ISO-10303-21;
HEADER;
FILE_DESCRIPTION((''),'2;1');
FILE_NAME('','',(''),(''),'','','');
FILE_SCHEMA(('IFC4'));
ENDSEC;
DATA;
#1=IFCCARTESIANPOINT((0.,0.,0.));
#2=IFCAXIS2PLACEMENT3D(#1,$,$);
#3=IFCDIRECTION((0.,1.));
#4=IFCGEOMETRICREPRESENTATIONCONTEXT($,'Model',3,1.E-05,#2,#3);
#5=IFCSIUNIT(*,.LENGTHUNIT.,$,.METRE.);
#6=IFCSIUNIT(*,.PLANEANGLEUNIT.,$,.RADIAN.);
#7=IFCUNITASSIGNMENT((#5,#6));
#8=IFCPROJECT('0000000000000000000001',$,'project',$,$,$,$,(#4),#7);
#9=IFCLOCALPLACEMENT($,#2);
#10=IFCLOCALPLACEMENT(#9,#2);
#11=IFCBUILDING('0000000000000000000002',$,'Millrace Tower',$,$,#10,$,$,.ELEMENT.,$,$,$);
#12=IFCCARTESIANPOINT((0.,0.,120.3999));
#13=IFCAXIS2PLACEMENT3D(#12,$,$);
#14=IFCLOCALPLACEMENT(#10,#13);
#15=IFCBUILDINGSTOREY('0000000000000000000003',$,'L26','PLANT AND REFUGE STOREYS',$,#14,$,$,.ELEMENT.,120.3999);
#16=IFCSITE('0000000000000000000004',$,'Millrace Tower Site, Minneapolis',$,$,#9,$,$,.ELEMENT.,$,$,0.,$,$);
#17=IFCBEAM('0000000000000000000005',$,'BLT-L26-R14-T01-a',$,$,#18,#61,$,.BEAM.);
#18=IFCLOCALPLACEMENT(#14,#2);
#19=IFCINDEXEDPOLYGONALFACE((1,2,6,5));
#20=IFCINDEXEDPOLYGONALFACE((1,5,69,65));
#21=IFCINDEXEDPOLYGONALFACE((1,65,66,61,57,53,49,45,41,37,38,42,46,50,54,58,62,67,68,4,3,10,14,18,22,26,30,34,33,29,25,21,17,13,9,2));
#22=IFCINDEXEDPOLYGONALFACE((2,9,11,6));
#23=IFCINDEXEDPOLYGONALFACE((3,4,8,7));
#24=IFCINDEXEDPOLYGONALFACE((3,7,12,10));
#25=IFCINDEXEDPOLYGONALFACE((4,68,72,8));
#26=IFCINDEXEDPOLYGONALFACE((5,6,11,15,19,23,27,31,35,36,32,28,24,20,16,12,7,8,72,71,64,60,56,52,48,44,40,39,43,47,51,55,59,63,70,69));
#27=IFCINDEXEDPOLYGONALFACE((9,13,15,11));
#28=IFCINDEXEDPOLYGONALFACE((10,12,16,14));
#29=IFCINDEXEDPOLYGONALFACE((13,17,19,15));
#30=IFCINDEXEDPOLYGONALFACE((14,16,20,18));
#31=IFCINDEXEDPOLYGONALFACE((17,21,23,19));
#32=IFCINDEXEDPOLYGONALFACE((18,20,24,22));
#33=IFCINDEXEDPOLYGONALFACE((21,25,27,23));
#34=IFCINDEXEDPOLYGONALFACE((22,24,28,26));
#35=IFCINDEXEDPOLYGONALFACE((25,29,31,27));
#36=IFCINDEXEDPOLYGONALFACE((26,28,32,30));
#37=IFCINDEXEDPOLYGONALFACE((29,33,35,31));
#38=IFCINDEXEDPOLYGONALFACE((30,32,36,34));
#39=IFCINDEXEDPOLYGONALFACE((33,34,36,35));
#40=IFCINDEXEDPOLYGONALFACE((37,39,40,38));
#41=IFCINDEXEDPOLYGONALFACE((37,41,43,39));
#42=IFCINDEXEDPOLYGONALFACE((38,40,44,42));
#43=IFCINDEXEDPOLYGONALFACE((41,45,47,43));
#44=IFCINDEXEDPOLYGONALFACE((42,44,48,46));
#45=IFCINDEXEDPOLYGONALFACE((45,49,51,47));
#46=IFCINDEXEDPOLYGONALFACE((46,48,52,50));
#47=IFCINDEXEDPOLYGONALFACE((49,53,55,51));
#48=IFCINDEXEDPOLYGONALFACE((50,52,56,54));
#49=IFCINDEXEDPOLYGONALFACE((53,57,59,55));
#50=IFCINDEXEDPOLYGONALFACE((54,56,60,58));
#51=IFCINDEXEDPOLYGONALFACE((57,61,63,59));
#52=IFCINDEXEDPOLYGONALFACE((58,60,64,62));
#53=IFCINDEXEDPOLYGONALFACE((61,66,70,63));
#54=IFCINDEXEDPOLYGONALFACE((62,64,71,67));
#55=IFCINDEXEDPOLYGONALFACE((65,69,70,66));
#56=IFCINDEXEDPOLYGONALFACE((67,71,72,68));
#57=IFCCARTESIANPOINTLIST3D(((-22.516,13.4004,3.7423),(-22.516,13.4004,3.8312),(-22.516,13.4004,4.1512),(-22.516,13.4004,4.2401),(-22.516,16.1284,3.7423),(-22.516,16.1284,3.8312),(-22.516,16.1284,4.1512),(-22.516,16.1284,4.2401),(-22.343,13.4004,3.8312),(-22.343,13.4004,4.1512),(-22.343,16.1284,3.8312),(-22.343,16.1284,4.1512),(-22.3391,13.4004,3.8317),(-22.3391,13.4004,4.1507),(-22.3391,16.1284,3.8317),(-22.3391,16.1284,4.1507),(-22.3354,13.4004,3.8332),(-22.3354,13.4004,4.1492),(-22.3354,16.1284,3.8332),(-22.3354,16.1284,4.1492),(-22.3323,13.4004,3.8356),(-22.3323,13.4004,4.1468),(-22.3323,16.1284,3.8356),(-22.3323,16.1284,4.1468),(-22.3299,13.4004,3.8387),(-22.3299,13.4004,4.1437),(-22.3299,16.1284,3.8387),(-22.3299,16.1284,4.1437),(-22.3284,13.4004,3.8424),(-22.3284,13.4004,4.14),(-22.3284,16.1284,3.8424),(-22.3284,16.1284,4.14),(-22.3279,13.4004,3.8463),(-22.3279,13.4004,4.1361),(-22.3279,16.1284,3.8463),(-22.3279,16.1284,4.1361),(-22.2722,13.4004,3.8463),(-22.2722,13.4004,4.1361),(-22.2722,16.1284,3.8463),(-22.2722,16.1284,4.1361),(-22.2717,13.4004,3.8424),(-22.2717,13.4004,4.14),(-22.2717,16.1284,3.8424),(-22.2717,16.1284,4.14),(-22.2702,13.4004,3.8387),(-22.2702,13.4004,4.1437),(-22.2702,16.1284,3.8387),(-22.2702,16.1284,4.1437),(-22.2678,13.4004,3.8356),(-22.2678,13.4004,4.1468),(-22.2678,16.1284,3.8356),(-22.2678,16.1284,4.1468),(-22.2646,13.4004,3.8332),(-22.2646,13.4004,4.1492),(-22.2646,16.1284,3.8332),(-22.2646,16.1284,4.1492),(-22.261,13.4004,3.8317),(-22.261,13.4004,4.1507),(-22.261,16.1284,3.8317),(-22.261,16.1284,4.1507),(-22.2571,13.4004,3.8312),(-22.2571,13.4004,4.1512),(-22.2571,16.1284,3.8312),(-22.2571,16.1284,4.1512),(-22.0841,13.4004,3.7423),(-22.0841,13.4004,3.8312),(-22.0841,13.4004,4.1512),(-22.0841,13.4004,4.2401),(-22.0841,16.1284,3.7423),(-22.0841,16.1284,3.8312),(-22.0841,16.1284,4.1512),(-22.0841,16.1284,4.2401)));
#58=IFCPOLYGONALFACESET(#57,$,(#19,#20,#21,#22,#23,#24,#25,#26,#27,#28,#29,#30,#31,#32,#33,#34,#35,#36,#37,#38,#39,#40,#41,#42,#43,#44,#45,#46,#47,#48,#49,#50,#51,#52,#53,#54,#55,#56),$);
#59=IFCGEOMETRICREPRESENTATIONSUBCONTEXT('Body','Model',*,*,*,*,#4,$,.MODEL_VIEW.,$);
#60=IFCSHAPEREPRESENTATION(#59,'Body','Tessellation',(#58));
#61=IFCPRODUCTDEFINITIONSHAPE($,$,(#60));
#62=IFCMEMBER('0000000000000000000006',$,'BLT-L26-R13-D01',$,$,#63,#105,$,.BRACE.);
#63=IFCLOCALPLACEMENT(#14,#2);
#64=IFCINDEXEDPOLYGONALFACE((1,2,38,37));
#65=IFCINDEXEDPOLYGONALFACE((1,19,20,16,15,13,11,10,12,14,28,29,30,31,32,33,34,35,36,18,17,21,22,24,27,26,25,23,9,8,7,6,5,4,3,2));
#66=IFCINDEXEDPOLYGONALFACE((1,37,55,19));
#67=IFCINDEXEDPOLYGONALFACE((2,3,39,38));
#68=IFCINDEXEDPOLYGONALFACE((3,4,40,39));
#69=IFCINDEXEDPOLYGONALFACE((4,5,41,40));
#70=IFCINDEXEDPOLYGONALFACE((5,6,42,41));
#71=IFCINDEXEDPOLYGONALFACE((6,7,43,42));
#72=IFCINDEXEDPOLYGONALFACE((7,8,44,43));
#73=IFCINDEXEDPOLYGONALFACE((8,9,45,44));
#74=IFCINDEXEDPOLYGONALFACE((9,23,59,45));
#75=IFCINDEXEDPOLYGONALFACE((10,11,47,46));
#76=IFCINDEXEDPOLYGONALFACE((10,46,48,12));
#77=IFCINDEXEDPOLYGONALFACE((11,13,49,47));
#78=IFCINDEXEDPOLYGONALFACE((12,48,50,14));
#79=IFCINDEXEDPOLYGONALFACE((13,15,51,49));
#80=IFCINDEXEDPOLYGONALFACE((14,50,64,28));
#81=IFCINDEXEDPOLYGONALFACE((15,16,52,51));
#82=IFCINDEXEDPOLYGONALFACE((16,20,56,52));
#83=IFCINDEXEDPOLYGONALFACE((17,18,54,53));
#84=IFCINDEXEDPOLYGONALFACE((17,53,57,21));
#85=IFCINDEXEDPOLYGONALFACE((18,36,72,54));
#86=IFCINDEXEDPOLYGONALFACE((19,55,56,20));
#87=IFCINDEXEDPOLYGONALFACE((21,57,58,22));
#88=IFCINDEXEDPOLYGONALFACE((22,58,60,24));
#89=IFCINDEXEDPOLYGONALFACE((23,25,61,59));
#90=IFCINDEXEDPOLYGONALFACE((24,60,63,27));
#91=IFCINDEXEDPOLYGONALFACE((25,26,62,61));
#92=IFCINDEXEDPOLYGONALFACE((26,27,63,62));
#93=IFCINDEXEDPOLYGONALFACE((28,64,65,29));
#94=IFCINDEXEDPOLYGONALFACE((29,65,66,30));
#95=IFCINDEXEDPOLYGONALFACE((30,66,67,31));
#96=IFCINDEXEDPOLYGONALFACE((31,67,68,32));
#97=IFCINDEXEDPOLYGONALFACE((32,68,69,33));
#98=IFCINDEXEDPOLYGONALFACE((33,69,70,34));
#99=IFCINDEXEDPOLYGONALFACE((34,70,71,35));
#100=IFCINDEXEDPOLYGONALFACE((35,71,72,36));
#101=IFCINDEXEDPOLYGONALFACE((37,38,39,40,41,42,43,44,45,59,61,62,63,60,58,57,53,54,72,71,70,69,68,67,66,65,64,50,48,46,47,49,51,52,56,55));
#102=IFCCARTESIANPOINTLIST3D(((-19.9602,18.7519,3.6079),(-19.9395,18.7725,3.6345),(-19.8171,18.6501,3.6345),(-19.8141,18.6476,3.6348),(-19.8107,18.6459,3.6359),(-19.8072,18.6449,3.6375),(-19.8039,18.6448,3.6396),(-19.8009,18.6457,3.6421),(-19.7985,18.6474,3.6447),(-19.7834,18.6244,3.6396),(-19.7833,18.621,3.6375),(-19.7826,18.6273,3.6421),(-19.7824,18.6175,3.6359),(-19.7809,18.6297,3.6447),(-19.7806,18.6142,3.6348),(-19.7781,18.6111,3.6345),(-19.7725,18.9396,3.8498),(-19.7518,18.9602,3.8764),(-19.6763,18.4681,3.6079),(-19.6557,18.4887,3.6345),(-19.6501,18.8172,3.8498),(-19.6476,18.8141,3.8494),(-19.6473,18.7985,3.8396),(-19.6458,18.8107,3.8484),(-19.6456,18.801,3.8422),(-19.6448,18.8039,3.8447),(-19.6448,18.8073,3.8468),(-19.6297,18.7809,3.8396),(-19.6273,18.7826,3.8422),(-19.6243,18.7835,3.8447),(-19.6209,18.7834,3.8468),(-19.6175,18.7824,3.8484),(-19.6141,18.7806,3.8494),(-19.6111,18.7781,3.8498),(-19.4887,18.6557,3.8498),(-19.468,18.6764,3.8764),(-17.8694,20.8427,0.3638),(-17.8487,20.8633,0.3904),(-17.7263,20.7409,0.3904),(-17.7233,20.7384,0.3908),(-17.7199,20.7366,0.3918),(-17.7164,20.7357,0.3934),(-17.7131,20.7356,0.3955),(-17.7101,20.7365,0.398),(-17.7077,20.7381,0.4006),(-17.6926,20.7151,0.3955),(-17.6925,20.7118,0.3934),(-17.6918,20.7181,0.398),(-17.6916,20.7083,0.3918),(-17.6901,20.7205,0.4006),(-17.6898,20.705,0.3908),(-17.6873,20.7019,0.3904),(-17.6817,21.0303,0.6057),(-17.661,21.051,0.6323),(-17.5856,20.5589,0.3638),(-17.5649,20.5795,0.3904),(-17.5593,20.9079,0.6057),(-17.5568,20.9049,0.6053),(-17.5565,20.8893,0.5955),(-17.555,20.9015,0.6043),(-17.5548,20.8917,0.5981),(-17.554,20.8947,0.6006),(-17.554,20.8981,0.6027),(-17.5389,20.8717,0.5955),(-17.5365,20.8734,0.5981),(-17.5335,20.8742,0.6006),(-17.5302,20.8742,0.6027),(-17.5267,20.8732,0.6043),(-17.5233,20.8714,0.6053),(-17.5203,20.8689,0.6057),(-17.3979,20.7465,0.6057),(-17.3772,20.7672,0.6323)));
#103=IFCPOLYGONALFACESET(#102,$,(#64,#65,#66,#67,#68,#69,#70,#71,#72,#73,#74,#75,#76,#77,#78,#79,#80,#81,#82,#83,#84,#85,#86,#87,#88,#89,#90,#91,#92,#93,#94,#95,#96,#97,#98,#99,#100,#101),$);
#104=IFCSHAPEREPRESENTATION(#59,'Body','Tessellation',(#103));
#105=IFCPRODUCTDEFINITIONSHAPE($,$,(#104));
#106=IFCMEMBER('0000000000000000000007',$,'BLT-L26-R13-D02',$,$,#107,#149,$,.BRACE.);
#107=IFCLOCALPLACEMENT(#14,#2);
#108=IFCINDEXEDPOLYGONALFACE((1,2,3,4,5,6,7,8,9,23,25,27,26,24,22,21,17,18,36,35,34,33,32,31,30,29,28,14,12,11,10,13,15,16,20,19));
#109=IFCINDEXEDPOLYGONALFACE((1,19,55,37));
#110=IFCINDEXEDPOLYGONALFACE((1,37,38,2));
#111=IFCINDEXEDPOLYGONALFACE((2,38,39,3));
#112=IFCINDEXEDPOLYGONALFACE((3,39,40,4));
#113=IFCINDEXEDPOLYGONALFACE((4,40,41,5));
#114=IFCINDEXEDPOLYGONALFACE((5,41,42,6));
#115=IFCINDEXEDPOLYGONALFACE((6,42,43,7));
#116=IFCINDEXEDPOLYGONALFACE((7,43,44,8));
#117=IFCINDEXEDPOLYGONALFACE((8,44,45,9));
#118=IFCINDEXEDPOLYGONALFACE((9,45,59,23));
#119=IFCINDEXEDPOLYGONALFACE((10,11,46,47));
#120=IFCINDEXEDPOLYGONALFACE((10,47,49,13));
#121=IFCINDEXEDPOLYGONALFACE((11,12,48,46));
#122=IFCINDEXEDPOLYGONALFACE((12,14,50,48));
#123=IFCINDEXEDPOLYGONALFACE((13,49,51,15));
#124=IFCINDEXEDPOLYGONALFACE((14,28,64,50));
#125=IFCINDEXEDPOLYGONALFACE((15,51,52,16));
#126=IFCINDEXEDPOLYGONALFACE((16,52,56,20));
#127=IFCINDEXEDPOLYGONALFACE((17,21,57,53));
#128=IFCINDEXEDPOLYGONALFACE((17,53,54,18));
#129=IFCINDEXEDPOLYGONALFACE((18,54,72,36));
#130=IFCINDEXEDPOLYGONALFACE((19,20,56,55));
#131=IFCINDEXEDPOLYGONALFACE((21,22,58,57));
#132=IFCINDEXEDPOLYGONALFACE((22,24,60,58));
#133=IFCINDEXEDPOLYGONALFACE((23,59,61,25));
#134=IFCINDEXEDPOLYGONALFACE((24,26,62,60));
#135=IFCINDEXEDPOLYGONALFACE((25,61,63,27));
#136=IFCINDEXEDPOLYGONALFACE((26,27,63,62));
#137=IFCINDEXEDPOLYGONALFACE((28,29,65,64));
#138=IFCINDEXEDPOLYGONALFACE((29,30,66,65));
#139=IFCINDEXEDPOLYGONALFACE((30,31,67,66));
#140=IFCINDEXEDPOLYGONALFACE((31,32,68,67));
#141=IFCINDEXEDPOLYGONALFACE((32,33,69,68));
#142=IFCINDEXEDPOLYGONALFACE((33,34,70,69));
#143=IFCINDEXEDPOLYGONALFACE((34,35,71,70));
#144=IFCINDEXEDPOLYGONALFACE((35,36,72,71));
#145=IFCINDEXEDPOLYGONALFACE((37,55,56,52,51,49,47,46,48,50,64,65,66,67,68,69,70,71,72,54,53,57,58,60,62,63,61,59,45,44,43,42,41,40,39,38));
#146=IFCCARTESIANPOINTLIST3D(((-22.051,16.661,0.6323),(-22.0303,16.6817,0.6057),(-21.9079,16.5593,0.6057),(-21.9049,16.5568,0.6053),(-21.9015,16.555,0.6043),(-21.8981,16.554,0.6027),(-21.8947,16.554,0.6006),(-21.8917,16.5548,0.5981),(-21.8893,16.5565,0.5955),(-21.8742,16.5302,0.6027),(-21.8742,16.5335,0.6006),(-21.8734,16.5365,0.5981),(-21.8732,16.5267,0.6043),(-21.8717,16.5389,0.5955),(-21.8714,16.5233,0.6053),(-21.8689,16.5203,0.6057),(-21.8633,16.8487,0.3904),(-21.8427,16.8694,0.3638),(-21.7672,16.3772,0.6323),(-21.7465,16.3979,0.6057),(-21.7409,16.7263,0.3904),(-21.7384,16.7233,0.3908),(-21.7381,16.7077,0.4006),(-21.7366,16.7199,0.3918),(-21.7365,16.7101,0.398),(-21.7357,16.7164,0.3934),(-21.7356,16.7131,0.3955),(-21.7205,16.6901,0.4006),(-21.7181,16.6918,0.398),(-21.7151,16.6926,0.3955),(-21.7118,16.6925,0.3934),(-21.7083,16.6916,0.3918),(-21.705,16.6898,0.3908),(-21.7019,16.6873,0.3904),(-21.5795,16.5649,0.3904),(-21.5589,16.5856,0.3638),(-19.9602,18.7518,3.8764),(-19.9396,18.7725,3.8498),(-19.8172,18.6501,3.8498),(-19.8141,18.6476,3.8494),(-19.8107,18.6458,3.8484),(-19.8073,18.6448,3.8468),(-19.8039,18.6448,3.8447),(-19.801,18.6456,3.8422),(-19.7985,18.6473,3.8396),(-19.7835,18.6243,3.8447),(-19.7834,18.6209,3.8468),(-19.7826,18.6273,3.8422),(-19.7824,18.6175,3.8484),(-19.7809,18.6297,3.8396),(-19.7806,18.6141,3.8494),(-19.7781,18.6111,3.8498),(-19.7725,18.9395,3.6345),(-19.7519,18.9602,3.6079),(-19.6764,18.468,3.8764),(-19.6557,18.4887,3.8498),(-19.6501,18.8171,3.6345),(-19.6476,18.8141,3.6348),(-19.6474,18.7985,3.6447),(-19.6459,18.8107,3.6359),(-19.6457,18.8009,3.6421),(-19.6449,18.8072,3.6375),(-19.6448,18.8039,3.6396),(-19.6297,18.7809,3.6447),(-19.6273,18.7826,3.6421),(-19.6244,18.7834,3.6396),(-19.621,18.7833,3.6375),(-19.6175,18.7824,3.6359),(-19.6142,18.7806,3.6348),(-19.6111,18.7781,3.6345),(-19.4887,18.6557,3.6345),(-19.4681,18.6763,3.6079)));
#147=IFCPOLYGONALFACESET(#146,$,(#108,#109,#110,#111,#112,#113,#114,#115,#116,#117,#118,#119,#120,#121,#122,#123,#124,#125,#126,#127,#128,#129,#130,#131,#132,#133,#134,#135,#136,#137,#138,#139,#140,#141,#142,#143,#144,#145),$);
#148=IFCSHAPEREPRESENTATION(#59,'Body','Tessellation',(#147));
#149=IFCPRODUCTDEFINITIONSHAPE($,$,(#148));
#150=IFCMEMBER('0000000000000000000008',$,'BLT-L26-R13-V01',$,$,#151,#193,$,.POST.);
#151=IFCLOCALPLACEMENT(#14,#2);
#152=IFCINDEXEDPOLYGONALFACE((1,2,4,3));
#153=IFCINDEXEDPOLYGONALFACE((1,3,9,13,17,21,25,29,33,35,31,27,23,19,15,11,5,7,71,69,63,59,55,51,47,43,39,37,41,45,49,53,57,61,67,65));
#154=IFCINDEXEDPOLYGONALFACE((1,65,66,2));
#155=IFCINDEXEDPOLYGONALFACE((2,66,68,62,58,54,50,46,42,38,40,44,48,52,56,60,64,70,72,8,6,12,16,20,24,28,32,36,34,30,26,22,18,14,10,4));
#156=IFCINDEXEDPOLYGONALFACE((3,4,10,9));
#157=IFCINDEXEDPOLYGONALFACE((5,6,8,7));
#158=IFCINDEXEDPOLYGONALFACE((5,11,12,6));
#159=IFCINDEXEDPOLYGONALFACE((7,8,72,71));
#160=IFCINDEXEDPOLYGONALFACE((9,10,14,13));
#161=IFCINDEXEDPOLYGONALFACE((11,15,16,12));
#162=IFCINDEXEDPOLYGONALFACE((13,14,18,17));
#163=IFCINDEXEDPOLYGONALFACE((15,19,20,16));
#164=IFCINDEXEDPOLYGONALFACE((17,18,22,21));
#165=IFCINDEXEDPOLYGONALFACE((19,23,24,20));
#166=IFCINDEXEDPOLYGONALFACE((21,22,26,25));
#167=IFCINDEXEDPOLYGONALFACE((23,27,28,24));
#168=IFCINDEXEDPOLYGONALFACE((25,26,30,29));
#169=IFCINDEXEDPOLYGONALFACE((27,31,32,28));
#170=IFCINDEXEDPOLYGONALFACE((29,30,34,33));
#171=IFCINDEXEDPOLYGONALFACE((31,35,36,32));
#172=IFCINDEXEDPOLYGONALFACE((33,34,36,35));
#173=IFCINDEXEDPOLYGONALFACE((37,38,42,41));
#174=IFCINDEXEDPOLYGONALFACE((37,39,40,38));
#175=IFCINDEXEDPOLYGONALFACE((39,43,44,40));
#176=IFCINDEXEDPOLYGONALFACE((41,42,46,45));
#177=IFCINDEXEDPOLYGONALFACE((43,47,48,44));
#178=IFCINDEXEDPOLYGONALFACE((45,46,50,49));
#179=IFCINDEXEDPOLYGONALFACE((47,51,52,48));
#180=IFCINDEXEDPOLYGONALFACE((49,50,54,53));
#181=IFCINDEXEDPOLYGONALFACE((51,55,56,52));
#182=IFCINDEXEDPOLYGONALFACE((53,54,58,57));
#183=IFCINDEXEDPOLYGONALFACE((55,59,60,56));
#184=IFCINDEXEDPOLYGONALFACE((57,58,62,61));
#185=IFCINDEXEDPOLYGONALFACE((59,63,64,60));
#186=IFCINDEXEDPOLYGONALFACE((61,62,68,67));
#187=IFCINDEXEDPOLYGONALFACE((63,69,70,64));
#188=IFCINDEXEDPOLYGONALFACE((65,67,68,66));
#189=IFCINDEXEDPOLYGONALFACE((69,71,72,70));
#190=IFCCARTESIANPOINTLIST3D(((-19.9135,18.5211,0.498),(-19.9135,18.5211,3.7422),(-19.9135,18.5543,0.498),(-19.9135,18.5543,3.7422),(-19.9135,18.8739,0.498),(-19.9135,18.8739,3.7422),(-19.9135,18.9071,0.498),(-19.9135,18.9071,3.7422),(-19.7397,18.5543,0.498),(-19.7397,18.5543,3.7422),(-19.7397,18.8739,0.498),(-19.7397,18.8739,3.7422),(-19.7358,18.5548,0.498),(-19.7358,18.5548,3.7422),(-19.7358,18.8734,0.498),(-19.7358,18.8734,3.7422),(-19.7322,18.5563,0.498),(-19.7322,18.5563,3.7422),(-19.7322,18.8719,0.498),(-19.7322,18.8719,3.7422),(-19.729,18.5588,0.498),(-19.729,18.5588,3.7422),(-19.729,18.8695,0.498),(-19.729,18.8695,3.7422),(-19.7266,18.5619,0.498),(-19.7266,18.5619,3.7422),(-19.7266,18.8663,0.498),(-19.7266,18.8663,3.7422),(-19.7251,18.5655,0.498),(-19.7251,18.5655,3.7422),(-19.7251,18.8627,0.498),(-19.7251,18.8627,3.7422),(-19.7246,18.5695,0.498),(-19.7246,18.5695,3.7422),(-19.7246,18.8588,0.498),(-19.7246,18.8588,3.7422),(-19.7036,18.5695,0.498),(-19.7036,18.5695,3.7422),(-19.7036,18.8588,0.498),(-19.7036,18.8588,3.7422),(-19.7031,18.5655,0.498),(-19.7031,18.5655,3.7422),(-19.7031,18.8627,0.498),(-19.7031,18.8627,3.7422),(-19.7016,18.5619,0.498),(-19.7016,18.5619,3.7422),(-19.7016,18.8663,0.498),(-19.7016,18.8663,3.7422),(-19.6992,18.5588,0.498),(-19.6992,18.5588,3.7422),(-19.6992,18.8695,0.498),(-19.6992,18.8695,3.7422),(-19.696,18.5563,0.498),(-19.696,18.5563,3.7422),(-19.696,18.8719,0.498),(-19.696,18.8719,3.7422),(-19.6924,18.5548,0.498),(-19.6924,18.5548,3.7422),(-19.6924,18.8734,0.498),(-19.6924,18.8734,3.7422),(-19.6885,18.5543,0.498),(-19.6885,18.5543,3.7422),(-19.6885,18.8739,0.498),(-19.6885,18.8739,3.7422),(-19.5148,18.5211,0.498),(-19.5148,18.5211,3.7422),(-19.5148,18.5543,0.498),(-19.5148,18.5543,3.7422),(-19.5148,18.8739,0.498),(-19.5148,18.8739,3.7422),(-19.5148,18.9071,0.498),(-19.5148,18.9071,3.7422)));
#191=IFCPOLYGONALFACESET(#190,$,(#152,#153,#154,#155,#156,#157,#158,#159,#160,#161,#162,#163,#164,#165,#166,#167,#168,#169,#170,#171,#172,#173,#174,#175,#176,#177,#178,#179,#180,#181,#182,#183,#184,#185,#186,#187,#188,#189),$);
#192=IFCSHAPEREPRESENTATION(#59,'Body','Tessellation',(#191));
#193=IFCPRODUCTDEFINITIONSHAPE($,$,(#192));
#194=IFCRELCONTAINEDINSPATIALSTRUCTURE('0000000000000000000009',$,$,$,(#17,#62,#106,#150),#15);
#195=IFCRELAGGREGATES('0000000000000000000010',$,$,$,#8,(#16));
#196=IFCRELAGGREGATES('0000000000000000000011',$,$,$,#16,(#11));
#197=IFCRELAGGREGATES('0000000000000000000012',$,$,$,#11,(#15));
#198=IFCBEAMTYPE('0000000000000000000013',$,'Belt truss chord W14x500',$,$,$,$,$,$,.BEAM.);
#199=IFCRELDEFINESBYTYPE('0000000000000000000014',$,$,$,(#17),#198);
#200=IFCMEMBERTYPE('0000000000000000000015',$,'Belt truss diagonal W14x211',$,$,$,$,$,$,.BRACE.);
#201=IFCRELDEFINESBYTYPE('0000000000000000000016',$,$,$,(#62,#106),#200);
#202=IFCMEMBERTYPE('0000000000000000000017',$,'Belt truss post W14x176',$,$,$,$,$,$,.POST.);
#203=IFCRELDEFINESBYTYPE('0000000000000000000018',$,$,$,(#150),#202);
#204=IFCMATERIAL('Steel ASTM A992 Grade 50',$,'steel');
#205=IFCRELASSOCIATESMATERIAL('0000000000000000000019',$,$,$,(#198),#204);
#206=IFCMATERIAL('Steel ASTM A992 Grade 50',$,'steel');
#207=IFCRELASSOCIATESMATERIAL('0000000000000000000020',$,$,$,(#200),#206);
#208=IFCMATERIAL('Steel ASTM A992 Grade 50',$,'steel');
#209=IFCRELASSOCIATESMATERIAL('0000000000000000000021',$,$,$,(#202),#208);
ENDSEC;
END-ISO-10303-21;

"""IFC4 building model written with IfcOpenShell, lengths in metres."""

from ifc_helpers import new_model, si_unit, direction, frame, origin, origin_2d, place, context, subcontext, project, spatial, i_section, extrude, material, material_profile, profile_set, type_object, element, save


model = new_model("IFC4")

# Units and contexts
model_context = context("Model", 3, precision=1e-05, world=origin(), true_north=direction((0.0, 1.0)))
body_context = subcontext(model_context, "Body", "Model", "MODEL_VIEW")
ifc_project = project(units=[si_unit("LENGTHUNIT", "METRE"), si_unit("PLANEANGLEUNIT", "RADIAN")], contexts=[model_context])

# Site, building, storey
site_placement = place(None, origin())
site = spatial("IfcSite", under=ifc_project, at=site_placement, Name="Millrace Tower Site, Minneapolis", CompositionType="ELEMENT", RefElevation=0.0)
building_placement = place(site_placement, origin())
building = spatial("IfcBuilding", under=site, at=building_placement, Name="Millrace Tower", CompositionType="ELEMENT")
storey_placement = place(building_placement, frame((0.0, 0.0, 120.3999)))
storey = spatial("IfcBuildingStorey", under=building, at=storey_placement, Name="L26", Description="PLANT AND REFUGE STOREYS", CompositionType="ELEMENT", Elevation=120.3999)

# Beam
ifc_material_1 = material(Name="Steel ASTM A992 Grade 50", Category="steel")
ifc_material_profile_1 = material_profile(ifc_material_1, i_section(OverallWidth=0.4319, OverallDepth=0.4978, WebThickness=0.0557, FlangeThickness=0.0889, FilletRadius=0.0151, at=origin_2d()))
ifc_profile_set_1 = profile_set([ifc_material_profile_1], Name="Steel ASTM A992 Grade 50")
beam_type = type_object("IfcBeamType", Name="Belt truss chord W14x500", PredefinedType="BEAM", material=ifc_profile_set_1)
beam_1_placement = place(storey_placement, frame((-22.3, 16.1284, 3.9912), z_axis=(0.0, -1.0, 0.0), x_axis=(1.0, 0.0, 0.0)))
element("IfcBeam", 1, at=beam_1_placement, inside=storey, type_object=beam_type, Name="BLT-L26-R14-T01-a", PredefinedType="BEAM", context=body_context, shape_type="SweptSolid", body=[
    extrude(i_section(OverallWidth=0.4319, OverallDepth=0.4978, WebThickness=0.0557, FlangeThickness=0.0889, FilletRadius=0.0151, at=origin_2d()), origin(), (0.0, 0.0, 1.0), 2.728),
])

# Members
ifc_material_2 = material(Name="Steel ASTM A992 Grade 50", Category="steel")
ifc_material_profile_2 = material_profile(ifc_material_2, i_section(OverallWidth=0.4014, OverallDepth=0.3987, WebThickness=0.0249, FlangeThickness=0.0396, FilletRadius=0.0151, at=origin_2d()))
ifc_profile_set_2 = profile_set([ifc_material_profile_2], Name="Steel ASTM A992 Grade 50")
member_type_1 = type_object("IfcMemberType", Name="Belt truss diagonal W14x211", PredefinedType="BRACE", material=ifc_profile_set_2)
for number, where, z_axis, x_axis, name in (
    (2, (-17.6233, 20.8049, 0.498), (-0.476326, -0.476326, 0.739072), (0.707107, -0.707107, 0.0), "BLT-L26-R13-D01"),
    (3, (-21.8049, 16.6233, 0.498), (0.476326, 0.476326, 0.739072), (-0.707107, 0.707107, 0.0), "BLT-L26-R13-D02"),
):
    element("IfcMember", number, at=place(storey_placement, frame(where, z_axis=z_axis, x_axis=x_axis)), inside=storey, type_object=member_type_1, Name=name, PredefinedType="BRACE", context=body_context, shape_type="SweptSolid", body=[
        extrude(i_section(OverallWidth=0.4014, OverallDepth=0.3987, WebThickness=0.0249, FlangeThickness=0.0396, FilletRadius=0.0151, at=origin_2d()), origin(), (0.0, 0.0, 1.0), 4.3894),
    ])
ifc_material_3 = material(Name="Steel ASTM A992 Grade 50", Category="steel")
ifc_material_profile_3 = material_profile(ifc_material_3, i_section(OverallWidth=0.3987, OverallDepth=0.386, WebThickness=0.021, FlangeThickness=0.0332, FilletRadius=0.0151, at=origin_2d()))
ifc_profile_set_3 = profile_set([ifc_material_profile_3], Name="Steel ASTM A992 Grade 50")
member_type_2 = type_object("IfcMemberType", Name="Belt truss post W14x176", PredefinedType="POST", material=ifc_profile_set_3)
member_1_placement = place(storey_placement, frame((-19.7141, 18.7141, 0.498), z_axis=(0.0, 0.0, 1.0), x_axis=(1.0, 0.0, 0.0)))
element("IfcMember", 4, at=member_1_placement, inside=storey, type_object=member_type_2, Name="BLT-L26-R13-V01", PredefinedType="POST", context=body_context, shape_type="SweptSolid", body=[
    extrude(i_section(OverallWidth=0.3987, OverallDepth=0.386, WebThickness=0.021, FlangeThickness=0.0332, FilletRadius=0.0151, at=origin_2d()), origin(), (0.0, 0.0, 1.0), 3.2441),
])

save(model, "model.ifc")
